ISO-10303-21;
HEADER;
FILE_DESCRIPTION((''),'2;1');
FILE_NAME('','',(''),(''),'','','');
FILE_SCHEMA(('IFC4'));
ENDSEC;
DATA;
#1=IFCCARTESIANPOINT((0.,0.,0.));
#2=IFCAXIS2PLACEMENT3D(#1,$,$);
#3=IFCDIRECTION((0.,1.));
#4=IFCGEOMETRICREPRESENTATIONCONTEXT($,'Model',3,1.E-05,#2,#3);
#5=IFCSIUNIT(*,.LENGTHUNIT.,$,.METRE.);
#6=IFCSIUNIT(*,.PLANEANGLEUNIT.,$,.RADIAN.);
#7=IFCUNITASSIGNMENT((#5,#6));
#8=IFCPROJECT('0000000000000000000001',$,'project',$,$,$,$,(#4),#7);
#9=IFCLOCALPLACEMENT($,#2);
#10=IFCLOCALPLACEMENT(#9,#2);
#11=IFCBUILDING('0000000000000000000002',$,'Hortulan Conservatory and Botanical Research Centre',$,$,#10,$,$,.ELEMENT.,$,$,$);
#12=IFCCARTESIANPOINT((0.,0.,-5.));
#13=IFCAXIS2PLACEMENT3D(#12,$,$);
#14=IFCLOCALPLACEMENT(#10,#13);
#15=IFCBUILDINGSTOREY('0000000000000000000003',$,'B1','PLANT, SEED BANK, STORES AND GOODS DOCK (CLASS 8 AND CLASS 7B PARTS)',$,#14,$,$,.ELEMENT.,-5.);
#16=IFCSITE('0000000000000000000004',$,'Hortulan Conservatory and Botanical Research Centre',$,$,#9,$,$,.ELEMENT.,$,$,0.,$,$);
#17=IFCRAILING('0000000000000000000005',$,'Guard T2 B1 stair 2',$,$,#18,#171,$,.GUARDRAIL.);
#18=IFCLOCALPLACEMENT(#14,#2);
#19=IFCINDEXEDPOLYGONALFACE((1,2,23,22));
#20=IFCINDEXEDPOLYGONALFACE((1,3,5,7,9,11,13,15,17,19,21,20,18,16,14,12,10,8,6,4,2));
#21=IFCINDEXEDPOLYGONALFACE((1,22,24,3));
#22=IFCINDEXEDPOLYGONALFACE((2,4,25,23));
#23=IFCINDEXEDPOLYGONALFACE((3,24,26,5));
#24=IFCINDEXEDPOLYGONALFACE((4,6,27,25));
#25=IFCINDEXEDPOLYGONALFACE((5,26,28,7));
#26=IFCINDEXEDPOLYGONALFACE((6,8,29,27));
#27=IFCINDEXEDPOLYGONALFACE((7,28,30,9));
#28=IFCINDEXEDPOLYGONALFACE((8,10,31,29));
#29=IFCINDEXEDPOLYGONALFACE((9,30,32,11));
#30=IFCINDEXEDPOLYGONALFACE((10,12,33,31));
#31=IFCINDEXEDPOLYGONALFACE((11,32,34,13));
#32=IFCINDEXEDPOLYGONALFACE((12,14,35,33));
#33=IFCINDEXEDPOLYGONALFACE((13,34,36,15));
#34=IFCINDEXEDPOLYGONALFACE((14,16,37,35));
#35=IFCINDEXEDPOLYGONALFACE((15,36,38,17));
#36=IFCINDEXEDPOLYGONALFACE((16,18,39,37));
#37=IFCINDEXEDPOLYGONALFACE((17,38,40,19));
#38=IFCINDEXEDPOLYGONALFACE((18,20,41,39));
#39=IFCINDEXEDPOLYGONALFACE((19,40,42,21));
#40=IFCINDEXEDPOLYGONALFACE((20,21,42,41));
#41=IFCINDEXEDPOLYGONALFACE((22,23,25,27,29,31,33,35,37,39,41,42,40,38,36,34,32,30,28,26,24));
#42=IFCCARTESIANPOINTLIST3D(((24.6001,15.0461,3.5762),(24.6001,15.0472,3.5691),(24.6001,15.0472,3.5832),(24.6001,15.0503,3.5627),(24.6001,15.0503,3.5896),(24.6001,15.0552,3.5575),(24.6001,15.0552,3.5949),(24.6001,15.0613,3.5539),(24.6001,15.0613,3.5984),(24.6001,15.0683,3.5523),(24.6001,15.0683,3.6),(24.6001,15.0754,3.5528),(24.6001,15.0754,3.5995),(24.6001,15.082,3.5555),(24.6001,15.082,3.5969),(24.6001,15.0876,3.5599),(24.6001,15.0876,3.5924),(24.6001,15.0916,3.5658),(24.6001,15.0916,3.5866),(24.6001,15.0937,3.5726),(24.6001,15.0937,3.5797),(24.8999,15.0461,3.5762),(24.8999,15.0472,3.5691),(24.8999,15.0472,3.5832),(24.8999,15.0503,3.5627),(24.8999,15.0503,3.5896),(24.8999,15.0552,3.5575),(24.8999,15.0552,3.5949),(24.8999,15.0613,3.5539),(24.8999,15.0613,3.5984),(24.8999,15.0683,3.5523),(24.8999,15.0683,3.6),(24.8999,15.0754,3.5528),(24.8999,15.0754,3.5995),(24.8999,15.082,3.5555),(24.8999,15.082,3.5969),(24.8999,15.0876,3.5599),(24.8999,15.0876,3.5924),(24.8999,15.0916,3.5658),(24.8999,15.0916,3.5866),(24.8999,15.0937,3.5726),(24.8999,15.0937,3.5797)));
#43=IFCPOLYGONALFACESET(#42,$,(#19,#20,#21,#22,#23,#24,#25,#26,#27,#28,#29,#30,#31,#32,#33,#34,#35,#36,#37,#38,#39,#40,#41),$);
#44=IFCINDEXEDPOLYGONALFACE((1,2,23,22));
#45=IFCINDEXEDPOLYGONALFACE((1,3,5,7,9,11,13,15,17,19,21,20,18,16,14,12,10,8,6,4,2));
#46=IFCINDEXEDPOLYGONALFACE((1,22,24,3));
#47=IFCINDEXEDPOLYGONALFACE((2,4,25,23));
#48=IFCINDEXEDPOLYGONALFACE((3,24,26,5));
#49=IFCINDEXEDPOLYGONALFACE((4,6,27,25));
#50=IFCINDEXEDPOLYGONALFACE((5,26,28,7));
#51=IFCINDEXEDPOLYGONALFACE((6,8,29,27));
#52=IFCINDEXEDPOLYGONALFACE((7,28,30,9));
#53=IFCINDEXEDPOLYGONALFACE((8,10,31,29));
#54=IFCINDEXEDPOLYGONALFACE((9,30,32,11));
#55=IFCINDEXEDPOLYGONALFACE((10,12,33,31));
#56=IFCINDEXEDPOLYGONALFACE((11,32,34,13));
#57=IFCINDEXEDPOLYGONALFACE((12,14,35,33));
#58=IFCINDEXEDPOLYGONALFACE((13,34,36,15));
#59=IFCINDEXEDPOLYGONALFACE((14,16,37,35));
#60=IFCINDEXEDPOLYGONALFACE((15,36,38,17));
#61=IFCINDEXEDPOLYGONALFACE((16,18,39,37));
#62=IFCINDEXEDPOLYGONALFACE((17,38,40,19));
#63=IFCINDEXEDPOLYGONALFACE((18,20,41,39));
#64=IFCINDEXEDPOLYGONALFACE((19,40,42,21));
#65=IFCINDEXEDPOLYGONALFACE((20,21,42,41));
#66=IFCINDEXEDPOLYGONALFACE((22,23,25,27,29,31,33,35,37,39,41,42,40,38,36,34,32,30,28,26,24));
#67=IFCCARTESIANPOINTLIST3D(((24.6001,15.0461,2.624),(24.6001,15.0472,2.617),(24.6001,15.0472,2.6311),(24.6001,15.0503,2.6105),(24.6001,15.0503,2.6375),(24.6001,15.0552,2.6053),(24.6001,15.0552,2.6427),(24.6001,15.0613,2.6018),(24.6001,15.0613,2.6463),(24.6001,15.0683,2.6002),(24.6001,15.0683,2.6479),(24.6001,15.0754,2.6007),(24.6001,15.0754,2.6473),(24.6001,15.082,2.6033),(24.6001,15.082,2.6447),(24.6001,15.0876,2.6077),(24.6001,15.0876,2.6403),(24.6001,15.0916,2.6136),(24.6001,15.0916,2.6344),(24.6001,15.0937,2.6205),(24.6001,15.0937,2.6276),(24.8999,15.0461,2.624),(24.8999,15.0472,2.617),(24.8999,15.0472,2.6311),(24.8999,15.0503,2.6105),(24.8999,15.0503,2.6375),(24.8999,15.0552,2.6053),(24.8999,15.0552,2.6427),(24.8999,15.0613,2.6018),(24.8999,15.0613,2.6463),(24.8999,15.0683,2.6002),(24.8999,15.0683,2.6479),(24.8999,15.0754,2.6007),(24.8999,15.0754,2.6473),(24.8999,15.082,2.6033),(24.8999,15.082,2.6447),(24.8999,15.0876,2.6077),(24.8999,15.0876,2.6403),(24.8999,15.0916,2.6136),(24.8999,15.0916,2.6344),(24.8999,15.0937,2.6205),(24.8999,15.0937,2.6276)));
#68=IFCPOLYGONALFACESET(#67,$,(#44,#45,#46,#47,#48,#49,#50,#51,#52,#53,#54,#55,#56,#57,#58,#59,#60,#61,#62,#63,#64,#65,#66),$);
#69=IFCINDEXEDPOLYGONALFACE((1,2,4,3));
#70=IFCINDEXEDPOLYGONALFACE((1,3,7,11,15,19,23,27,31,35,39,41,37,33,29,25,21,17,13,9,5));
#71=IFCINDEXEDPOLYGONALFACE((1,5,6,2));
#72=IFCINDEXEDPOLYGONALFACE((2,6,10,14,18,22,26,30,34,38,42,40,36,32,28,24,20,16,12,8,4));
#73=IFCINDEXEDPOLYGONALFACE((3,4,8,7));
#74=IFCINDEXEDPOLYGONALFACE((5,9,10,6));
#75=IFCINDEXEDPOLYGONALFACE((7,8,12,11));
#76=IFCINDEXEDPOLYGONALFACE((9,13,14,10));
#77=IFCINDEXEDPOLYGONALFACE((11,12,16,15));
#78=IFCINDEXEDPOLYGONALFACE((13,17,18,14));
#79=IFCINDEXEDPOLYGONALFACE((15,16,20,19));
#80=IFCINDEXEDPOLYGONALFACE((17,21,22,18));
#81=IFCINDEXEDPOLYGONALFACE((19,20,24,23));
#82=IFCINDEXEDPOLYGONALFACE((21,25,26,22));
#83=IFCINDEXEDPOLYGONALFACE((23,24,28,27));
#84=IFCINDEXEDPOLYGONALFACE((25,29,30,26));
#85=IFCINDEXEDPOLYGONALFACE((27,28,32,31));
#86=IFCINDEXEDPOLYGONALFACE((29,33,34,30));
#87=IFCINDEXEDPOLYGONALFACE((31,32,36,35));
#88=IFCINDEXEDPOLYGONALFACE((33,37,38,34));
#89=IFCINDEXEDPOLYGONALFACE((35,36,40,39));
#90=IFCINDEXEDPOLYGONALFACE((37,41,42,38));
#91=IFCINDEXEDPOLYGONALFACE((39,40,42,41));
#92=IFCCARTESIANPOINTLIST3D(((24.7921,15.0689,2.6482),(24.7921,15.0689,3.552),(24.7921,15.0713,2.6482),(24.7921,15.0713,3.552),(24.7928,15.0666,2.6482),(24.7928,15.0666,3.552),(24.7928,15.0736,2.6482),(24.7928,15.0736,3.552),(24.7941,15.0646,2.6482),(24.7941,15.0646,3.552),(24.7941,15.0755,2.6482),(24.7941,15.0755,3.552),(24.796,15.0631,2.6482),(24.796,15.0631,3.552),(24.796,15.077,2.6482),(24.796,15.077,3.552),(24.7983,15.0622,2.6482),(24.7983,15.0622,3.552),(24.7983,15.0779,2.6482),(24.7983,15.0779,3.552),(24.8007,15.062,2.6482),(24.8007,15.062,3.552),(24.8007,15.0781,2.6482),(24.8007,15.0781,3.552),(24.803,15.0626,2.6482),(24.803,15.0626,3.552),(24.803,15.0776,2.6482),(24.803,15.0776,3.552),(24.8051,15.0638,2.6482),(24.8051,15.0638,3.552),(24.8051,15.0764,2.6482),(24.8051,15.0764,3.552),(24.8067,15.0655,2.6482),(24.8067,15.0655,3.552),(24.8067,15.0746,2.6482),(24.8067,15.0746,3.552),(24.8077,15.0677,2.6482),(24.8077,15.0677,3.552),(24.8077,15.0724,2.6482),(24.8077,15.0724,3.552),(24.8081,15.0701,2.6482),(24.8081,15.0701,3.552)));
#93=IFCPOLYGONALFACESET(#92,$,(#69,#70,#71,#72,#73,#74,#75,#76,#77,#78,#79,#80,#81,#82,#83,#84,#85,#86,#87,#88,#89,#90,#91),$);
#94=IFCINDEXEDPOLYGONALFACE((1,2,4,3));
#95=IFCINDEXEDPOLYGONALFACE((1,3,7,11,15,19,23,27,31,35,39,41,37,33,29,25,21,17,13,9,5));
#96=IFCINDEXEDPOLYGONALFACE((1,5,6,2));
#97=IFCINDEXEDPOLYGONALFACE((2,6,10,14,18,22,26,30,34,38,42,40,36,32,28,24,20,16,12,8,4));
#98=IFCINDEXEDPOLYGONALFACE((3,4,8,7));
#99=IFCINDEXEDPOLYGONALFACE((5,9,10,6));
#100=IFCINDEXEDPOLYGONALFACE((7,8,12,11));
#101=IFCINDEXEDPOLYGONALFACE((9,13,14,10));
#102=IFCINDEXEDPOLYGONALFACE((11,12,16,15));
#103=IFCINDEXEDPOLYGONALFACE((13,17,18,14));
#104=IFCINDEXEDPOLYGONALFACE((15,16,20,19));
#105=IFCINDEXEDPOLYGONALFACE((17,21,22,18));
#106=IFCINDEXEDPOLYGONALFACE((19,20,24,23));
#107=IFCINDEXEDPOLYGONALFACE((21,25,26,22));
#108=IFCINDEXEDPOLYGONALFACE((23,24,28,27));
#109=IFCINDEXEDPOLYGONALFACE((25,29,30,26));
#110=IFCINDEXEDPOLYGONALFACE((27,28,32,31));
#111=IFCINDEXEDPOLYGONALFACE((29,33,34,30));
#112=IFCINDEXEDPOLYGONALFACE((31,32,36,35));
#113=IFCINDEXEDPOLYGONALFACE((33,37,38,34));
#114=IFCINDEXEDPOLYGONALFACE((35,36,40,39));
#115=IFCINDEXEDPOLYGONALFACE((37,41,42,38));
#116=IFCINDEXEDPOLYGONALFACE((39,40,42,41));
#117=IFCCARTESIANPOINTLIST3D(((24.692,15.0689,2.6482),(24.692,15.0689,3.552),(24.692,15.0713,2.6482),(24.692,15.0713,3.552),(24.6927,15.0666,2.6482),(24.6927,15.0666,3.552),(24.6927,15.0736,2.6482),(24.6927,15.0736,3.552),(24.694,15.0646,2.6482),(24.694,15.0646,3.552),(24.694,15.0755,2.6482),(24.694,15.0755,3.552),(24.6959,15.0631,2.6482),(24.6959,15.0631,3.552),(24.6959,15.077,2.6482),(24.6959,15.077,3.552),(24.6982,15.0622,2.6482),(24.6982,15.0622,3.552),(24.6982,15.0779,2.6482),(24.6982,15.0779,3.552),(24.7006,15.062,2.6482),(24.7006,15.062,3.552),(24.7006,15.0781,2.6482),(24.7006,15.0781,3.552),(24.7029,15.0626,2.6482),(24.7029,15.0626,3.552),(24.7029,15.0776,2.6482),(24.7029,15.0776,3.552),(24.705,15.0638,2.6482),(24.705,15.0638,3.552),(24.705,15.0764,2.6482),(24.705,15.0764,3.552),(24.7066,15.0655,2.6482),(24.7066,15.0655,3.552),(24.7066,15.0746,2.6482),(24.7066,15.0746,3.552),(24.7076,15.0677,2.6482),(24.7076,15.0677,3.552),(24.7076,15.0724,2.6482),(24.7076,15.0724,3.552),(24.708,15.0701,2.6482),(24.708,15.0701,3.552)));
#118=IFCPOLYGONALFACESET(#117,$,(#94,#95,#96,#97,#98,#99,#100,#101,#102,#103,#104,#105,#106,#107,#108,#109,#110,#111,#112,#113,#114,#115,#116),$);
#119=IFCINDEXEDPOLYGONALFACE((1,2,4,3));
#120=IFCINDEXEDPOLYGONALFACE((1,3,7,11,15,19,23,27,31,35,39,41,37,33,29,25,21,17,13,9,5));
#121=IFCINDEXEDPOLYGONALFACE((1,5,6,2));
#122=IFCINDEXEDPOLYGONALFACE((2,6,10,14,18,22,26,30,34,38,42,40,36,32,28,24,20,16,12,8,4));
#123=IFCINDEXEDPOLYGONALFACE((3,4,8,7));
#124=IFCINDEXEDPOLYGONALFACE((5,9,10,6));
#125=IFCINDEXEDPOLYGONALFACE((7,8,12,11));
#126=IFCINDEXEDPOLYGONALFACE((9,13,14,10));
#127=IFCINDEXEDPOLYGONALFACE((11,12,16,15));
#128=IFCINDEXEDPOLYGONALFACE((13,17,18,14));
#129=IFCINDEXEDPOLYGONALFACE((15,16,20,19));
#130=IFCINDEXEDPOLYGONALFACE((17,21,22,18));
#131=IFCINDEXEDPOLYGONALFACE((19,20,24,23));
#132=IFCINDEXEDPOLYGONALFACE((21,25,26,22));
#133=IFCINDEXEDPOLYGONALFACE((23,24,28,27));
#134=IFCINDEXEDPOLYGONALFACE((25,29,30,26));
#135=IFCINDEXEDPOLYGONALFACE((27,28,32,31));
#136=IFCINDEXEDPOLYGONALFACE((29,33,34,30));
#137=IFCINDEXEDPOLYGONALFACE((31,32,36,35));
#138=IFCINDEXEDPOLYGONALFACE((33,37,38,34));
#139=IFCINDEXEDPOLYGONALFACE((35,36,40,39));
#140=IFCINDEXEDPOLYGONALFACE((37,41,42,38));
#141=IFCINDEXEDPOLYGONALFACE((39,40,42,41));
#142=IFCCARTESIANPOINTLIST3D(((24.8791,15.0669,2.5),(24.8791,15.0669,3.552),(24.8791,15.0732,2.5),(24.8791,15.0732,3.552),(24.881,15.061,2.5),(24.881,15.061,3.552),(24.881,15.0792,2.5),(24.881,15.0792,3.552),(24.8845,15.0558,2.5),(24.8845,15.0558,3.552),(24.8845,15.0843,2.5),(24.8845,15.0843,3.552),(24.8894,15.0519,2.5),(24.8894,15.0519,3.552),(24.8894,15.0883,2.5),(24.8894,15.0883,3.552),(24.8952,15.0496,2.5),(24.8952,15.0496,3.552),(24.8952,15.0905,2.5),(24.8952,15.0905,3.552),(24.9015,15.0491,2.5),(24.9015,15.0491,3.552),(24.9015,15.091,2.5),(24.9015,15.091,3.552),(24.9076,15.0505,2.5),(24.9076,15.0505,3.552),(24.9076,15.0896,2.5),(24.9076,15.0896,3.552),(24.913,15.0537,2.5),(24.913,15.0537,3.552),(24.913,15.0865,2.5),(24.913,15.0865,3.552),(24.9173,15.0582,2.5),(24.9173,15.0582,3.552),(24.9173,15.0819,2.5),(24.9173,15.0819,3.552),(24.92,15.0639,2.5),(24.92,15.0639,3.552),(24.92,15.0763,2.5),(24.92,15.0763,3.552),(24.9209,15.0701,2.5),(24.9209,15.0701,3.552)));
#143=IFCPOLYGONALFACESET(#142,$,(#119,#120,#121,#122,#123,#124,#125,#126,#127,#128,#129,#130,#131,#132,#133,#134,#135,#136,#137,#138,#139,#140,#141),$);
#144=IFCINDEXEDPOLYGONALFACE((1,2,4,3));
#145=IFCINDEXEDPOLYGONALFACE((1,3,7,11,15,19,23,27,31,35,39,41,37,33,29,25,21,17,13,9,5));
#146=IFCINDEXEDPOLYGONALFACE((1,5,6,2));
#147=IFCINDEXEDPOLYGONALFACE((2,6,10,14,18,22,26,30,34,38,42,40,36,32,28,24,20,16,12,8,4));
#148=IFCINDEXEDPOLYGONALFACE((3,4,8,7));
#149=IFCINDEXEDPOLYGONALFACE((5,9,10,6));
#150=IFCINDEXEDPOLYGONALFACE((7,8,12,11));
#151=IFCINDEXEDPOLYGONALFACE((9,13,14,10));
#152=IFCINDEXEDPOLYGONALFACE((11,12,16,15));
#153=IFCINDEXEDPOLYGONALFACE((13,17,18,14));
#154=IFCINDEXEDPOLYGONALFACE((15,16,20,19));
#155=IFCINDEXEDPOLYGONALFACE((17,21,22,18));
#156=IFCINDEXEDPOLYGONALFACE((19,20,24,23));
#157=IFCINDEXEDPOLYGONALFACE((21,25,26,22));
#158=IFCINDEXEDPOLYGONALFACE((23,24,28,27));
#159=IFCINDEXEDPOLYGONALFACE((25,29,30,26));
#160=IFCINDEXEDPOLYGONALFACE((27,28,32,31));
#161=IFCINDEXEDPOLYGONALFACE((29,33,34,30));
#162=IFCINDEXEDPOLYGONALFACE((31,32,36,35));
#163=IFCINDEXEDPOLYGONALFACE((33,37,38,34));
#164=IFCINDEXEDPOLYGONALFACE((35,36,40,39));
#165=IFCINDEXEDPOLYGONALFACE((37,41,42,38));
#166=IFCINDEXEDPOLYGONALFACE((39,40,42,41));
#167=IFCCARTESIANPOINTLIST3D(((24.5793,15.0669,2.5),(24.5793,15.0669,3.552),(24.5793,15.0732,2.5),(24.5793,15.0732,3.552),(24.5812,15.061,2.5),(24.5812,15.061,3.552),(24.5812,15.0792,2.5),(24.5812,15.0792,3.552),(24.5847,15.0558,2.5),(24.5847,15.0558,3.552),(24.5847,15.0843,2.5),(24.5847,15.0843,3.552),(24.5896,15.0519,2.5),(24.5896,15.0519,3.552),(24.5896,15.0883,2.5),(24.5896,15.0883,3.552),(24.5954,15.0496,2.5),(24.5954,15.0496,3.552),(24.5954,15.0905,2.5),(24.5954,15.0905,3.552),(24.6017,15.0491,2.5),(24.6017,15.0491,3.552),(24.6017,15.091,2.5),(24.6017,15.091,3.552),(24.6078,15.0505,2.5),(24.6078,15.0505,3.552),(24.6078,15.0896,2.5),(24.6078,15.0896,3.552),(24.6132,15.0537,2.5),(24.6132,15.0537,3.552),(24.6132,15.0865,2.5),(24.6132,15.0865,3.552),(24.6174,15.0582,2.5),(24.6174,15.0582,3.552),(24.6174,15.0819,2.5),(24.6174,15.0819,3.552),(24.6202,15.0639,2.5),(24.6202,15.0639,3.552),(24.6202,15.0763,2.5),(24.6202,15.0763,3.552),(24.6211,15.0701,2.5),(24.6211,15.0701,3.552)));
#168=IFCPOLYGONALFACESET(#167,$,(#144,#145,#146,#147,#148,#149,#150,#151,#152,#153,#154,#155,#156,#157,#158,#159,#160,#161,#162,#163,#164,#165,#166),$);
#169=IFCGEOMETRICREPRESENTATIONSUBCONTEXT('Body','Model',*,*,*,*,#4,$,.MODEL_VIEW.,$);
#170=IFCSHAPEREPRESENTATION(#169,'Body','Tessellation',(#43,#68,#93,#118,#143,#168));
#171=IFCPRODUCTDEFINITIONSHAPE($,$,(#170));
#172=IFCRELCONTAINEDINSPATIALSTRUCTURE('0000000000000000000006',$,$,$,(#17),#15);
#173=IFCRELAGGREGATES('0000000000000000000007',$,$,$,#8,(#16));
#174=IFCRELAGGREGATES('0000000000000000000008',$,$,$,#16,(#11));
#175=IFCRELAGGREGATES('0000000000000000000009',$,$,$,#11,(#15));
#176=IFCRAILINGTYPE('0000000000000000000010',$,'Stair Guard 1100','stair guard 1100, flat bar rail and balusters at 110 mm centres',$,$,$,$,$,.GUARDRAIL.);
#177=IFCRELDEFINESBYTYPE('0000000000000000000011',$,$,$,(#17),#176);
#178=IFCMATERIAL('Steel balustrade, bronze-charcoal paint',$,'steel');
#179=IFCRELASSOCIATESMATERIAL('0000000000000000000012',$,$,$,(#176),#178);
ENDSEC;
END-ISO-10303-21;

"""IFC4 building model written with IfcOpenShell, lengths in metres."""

from ifc_helpers import new_model, si_unit, direction, frame, origin, origin_2d, place, context, subcontext, project, spatial, circle, extrude, material, type_object, element, save


model = new_model("IFC4")

# Units and contexts
model_context = context("Model", 3, precision=1e-05, world=origin(), true_north=direction((0.0, 1.0)))
body_context = subcontext(model_context, "Body", "Model", "MODEL_VIEW")
ifc_project = project(units=[si_unit("LENGTHUNIT", "METRE"), si_unit("PLANEANGLEUNIT", "RADIAN")], contexts=[model_context])

# Site, building, storey
site_placement = place(None, origin())
site = spatial("IfcSite", under=ifc_project, at=site_placement, Name="Hortulan Conservatory and Botanical Research Centre", CompositionType="ELEMENT", RefElevation=0.0)
building_placement = place(site_placement, origin())
building = spatial("IfcBuilding", under=site, at=building_placement, Name="Hortulan Conservatory and Botanical Research Centre", CompositionType="ELEMENT")
storey_placement = place(building_placement, frame((0.0, 0.0, -5.0)))
storey = spatial("IfcBuildingStorey", under=building, at=storey_placement, Name="B1", Description="PLANT, SEED BANK, STORES AND GOODS DOCK (CLASS 8 AND CLASS 7B PARTS)", CompositionType="ELEMENT", Elevation=-5.0)

# Railing
ifc_material_1 = material(Name="Steel balustrade, bronze-charcoal paint", Category="steel")
railing_type_1 = type_object("IfcRailingType", Name="Stair Guard 1100", Description="stair guard 1100, flat bar rail and balusters at 110 mm centres", PredefinedType="GUARDRAIL", material=ifc_material_1)
railing_1_placement = place(storey_placement, frame((24.8999, 15.0701, 2.5)))
element("IfcRailing", 1, at=railing_1_placement, inside=storey, type_object=railing_type_1, Name="Guard T2 B1 stair 2", PredefinedType="GUARDRAIL", context=body_context, shape_type="SweptSolid", body=[
    extrude(circle(Radius=0.0239, at=origin_2d()), frame((0.0, 0.0, 1.0762), z_axis=(-1.0, 0.0, 0.0), x_axis=(0.0, -1.0, 0.0)), (0.0, 0.0, 1.0), 0.2998),
    extrude(circle(Radius=0.0239, at=origin_2d()), frame((0.0, 0.0, 0.124), z_axis=(-1.0, 0.0, 0.0), x_axis=(0.0, -1.0, 0.0)), (0.0, 0.0, 1.0), 0.2998),
    extrude(circle(Radius=0.0081, at=origin_2d()), frame((-0.0999, 0.0, 0.1482)), (0.0, 0.0, 1.0), 0.9038),
    extrude(circle(Radius=0.0081, at=origin_2d()), frame((-0.2, 0.0, 0.1482)), (0.0, 0.0, 1.0), 0.9038),
    extrude(circle(Radius=0.021, at=origin_2d()), origin(), (0.0, 0.0, 1.0), 1.052),
    extrude(circle(Radius=0.021, at=origin_2d()), frame((-0.2998, 0.0, 0.0)), (0.0, 0.0, 1.0), 1.052),
])

save(model, "model.ifc")
